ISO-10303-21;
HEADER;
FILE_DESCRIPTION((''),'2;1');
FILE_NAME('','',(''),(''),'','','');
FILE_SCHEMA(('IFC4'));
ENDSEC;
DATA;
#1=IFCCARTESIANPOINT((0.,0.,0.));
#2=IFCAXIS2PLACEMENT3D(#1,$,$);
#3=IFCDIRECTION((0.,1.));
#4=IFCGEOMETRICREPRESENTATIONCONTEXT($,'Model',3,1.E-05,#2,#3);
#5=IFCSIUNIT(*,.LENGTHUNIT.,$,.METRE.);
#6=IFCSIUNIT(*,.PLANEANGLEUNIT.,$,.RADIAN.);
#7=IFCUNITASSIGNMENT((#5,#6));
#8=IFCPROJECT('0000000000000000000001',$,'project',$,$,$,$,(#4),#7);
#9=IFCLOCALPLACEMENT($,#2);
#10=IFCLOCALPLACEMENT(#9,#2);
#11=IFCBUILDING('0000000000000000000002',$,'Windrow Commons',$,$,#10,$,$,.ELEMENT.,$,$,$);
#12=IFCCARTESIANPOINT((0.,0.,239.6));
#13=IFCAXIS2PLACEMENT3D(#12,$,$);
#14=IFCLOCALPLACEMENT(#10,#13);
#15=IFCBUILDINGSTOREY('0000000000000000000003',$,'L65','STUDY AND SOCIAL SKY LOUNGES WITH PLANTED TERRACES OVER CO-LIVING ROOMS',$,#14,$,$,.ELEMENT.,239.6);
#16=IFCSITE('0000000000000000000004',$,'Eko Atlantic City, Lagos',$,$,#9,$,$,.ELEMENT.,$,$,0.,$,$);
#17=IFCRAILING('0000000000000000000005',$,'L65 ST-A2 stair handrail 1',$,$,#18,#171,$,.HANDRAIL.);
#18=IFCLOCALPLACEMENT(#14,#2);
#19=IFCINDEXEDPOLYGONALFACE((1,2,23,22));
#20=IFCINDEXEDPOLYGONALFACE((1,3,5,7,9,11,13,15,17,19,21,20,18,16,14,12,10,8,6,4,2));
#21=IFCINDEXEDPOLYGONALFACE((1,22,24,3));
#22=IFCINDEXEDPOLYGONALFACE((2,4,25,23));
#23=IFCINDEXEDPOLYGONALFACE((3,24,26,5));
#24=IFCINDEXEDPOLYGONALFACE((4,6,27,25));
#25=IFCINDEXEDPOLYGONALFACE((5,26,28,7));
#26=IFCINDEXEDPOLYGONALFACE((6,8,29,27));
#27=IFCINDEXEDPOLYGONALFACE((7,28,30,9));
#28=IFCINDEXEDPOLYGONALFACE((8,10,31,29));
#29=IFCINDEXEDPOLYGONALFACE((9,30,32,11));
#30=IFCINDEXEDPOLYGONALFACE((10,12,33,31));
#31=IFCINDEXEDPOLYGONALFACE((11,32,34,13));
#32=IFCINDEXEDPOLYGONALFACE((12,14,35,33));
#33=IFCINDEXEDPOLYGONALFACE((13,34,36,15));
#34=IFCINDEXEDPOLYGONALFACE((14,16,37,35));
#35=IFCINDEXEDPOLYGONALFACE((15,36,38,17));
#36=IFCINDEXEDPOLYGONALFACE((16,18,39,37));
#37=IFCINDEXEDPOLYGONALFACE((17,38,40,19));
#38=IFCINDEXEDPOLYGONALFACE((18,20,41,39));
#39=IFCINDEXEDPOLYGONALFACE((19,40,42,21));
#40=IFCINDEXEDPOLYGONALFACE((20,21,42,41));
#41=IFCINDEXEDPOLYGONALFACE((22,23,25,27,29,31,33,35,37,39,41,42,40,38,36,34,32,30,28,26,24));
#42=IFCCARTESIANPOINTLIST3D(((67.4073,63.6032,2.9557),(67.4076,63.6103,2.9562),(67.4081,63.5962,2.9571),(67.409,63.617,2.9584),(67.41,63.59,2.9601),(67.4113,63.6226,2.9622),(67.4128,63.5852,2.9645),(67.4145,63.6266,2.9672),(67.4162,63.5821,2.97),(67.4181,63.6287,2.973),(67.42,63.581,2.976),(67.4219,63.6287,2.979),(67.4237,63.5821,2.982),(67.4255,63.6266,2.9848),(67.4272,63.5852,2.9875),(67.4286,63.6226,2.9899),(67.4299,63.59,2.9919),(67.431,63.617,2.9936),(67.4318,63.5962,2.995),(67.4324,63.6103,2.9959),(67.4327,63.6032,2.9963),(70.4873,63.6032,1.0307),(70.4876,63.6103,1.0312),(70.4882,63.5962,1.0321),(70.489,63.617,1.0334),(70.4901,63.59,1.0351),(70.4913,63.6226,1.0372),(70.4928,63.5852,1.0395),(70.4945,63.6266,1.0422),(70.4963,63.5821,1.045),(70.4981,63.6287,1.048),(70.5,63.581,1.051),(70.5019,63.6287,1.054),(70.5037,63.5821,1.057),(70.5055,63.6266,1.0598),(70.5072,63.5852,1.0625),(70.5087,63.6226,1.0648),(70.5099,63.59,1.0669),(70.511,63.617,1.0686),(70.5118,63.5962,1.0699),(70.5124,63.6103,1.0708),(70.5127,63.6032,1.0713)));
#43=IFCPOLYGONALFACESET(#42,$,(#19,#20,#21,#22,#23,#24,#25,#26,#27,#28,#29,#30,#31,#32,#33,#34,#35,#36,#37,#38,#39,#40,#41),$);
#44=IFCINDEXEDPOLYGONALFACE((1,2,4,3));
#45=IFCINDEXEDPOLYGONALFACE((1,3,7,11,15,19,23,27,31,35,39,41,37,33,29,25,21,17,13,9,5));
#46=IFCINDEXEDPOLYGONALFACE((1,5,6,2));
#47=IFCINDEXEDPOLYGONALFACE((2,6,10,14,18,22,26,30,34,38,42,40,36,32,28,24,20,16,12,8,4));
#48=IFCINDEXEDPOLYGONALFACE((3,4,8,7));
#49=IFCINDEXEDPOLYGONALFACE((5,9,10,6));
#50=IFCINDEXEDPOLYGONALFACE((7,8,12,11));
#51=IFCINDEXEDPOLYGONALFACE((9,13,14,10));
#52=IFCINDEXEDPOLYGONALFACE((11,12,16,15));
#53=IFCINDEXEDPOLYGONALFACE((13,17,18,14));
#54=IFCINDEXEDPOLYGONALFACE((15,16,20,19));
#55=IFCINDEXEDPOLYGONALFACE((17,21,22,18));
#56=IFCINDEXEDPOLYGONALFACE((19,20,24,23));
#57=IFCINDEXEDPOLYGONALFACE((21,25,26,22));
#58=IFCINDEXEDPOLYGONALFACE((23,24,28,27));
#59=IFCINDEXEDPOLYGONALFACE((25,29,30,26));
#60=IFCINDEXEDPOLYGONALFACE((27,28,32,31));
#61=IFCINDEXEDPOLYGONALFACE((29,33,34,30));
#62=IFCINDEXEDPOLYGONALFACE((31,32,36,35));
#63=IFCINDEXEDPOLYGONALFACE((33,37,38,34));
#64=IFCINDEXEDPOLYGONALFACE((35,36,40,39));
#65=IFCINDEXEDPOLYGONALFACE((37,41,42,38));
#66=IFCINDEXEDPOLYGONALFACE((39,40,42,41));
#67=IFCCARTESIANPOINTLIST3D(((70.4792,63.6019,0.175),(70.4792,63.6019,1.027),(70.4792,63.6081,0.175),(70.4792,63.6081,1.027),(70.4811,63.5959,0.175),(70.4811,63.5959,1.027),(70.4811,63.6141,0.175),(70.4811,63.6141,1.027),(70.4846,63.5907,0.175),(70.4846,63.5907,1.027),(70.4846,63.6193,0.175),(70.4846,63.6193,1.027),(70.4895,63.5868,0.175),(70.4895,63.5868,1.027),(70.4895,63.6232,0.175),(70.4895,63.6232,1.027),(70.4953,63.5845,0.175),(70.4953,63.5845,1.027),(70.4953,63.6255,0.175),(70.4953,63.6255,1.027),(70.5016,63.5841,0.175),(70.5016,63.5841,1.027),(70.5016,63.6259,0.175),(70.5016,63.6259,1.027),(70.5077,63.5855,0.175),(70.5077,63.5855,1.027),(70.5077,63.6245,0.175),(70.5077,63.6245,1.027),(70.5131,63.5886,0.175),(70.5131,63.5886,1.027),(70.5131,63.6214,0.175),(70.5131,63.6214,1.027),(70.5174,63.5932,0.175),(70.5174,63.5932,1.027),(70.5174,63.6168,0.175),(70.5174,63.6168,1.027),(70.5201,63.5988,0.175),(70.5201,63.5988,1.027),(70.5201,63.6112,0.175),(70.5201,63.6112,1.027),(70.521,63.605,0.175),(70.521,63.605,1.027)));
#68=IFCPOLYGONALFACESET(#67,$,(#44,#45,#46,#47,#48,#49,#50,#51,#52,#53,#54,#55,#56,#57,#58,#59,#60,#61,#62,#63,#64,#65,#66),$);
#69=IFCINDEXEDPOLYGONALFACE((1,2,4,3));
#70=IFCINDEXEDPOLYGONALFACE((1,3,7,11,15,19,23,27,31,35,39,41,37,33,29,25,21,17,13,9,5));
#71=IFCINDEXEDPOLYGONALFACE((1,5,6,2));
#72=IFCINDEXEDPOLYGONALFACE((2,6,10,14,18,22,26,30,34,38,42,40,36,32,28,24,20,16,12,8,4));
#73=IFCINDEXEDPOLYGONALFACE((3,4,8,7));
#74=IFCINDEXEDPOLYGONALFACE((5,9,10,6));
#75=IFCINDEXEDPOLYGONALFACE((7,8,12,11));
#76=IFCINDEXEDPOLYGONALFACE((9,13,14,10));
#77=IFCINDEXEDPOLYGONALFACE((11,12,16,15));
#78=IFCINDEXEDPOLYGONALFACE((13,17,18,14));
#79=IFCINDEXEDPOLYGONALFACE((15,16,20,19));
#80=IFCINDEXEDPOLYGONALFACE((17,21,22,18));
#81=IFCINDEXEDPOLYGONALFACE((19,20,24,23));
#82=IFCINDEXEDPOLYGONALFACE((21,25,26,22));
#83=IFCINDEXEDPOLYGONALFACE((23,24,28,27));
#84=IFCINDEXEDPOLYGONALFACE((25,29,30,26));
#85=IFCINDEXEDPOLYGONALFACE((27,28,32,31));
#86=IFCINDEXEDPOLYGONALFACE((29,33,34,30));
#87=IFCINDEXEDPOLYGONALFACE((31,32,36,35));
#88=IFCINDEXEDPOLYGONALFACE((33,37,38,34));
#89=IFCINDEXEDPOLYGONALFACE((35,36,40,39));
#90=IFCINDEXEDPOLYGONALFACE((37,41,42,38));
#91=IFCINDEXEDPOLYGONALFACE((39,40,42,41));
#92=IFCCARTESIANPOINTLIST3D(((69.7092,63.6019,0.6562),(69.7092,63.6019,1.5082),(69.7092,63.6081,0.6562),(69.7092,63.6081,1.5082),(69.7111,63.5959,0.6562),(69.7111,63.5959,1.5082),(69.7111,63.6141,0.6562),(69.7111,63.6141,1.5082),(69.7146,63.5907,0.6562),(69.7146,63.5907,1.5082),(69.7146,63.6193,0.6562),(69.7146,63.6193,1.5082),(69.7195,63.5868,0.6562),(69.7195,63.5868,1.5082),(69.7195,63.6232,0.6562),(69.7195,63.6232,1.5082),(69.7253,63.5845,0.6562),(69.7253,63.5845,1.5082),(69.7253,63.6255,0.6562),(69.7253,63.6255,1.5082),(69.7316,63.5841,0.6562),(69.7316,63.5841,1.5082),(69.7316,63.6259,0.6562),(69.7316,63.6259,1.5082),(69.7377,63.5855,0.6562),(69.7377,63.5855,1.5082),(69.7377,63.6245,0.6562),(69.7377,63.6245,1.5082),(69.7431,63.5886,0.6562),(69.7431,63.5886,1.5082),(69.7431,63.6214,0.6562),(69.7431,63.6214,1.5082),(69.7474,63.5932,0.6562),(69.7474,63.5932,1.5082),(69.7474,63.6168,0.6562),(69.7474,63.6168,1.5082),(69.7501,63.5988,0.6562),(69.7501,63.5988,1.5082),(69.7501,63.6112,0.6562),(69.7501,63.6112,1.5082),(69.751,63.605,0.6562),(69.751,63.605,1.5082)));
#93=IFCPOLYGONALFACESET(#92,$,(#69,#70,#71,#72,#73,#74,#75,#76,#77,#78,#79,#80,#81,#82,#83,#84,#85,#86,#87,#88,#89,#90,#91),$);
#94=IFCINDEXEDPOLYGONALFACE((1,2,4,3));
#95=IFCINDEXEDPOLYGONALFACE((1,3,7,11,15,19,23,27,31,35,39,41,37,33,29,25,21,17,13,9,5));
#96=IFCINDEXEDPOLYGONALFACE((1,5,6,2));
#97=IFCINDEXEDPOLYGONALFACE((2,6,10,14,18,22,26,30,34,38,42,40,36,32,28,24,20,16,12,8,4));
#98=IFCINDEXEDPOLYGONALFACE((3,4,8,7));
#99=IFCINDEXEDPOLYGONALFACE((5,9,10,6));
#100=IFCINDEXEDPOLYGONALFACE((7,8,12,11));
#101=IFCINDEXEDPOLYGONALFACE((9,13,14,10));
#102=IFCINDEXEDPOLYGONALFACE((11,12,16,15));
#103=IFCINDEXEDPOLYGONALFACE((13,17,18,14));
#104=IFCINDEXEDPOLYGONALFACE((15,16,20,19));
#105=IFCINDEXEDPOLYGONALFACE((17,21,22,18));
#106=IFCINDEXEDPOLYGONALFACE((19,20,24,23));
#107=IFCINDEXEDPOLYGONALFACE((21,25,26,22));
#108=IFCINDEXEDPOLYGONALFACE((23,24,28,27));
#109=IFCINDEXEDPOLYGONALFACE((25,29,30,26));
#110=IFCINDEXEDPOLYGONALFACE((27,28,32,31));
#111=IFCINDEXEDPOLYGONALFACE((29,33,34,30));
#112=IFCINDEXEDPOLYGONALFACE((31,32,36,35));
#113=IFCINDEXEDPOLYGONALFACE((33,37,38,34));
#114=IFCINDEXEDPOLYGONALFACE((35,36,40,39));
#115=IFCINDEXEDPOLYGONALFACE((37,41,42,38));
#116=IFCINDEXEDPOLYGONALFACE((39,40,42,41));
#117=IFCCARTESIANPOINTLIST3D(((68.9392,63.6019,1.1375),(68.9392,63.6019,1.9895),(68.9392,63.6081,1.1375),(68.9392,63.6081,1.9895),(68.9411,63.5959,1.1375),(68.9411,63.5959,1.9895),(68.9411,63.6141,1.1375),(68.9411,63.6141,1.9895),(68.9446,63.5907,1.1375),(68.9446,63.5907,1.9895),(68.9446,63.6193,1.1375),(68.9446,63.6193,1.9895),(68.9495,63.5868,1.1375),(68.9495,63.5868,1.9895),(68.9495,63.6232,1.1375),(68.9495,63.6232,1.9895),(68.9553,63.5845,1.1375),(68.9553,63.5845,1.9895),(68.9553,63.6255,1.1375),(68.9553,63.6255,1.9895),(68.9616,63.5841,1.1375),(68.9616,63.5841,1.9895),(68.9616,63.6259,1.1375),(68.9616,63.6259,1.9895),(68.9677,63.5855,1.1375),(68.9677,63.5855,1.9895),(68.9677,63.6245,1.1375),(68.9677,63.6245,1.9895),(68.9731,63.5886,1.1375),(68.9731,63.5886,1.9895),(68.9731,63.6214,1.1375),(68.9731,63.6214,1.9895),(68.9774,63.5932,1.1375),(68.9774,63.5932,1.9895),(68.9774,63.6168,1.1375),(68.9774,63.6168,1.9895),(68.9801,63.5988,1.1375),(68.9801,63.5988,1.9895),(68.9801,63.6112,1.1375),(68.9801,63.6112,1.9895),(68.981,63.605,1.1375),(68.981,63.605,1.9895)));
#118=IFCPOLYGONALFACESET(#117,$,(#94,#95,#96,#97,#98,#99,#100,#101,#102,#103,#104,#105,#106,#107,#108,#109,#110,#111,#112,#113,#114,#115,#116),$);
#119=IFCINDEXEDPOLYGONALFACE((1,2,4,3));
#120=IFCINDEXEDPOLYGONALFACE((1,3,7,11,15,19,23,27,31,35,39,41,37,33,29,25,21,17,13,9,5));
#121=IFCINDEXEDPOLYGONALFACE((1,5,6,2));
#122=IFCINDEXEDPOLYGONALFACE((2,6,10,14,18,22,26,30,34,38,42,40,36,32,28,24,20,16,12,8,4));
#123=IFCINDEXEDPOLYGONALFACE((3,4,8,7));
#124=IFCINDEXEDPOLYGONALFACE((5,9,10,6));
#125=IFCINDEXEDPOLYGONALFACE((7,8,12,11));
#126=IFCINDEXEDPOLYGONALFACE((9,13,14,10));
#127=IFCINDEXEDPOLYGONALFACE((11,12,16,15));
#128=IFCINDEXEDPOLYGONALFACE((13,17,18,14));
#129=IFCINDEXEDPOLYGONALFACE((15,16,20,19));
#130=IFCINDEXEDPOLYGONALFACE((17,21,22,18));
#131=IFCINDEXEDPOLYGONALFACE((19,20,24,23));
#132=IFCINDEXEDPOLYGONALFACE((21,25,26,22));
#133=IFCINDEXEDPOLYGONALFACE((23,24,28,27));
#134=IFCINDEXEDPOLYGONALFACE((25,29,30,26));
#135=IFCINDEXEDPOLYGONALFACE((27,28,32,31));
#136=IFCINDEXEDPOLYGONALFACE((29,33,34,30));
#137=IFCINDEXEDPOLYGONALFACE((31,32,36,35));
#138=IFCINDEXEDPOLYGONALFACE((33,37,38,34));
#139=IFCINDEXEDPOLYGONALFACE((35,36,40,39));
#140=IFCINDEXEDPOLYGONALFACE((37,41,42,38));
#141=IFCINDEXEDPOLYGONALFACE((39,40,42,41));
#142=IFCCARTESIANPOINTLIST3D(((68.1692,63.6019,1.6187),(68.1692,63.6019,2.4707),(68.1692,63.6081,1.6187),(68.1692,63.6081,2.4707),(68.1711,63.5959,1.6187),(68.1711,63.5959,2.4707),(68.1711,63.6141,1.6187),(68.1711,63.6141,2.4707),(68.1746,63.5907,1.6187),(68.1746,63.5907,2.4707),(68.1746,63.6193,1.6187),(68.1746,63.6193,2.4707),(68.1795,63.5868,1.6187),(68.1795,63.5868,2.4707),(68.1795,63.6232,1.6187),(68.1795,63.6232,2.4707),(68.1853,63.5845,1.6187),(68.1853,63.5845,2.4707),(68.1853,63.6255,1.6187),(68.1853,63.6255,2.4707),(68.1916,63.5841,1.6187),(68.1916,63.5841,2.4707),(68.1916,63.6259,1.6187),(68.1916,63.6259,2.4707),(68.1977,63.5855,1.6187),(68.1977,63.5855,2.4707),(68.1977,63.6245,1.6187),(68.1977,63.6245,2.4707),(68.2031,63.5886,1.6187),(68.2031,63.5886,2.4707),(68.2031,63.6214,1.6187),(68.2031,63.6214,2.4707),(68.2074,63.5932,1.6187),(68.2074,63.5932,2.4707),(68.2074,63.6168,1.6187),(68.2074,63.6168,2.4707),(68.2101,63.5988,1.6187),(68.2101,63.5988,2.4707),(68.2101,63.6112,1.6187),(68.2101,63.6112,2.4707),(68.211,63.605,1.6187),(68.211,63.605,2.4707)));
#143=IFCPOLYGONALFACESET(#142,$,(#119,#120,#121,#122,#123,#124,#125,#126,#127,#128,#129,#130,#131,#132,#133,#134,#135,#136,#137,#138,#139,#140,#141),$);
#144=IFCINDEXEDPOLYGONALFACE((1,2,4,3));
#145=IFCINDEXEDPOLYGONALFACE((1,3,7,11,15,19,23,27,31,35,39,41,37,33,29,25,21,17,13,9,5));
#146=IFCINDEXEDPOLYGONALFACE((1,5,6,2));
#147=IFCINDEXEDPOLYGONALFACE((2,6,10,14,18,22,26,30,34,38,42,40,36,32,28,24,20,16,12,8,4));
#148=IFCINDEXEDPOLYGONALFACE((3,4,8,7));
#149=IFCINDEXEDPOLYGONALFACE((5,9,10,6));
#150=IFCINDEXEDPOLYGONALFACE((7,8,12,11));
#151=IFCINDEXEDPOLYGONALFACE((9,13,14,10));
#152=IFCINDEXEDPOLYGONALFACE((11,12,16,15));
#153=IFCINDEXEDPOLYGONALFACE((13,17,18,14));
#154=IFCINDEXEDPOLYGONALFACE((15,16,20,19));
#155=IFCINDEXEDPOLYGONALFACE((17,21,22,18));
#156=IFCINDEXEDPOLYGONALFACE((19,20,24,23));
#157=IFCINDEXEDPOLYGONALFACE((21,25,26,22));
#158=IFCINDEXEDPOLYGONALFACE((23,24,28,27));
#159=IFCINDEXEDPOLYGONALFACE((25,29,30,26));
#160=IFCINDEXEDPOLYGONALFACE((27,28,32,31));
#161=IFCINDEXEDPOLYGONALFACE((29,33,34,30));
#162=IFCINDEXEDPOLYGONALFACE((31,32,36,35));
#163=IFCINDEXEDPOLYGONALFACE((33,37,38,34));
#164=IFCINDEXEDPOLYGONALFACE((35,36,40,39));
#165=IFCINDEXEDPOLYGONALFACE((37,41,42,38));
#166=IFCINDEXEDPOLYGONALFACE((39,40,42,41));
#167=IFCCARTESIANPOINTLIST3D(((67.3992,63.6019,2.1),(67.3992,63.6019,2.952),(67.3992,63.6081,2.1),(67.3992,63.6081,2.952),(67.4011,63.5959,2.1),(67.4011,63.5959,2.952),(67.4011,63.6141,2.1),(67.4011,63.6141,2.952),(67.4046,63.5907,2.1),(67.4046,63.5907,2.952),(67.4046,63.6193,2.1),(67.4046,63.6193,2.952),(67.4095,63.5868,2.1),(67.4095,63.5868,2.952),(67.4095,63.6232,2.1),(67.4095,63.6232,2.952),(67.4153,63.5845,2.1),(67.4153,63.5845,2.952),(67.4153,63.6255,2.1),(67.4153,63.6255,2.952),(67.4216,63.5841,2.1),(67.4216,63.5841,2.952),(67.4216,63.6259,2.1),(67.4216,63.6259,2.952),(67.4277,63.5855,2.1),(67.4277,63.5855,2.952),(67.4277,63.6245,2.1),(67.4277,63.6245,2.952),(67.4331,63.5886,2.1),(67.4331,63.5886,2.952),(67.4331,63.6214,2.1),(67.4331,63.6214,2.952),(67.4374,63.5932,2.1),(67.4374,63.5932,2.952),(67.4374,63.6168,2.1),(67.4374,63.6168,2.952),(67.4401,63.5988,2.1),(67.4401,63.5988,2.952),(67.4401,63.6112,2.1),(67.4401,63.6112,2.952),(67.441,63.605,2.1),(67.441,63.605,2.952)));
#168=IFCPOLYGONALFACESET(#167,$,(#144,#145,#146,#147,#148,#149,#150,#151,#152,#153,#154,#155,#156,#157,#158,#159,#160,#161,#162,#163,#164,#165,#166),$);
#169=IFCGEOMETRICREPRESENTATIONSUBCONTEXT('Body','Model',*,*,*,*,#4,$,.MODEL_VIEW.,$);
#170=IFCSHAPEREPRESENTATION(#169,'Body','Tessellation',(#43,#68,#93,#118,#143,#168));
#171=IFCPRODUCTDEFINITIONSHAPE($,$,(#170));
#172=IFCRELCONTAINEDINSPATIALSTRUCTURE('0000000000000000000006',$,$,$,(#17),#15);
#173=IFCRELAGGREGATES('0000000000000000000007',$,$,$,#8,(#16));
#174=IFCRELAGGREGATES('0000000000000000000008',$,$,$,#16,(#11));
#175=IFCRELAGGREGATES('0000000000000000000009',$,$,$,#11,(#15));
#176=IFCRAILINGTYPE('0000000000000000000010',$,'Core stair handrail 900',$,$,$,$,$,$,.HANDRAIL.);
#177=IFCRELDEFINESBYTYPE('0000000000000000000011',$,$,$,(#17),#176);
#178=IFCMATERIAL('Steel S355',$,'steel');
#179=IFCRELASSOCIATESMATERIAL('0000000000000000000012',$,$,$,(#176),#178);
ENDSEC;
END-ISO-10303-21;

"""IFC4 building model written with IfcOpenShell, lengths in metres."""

from ifc_helpers import new_model, si_unit, direction, frame, origin, origin_2d, place, context, subcontext, project, spatial, circle, extrude, material, type_object, element, save


model = new_model("IFC4")

# Units and contexts
model_context = context("Model", 3, precision=1e-05, world=origin(), true_north=direction((0.0, 1.0)))
body_context = subcontext(model_context, "Body", "Model", "MODEL_VIEW")
ifc_project = project(units=[si_unit("LENGTHUNIT", "METRE"), si_unit("PLANEANGLEUNIT", "RADIAN")], contexts=[model_context])

# Site, building, storey
site_placement = place(None, origin())
site = spatial("IfcSite", under=ifc_project, at=site_placement, Name="Eko Atlantic City, Lagos", CompositionType="ELEMENT", RefElevation=0.0)
building_placement = place(site_placement, origin())
building = spatial("IfcBuilding", under=site, at=building_placement, Name="Windrow Commons", CompositionType="ELEMENT")
storey_placement = place(building_placement, frame((0.0, 0.0, 239.6)))
storey = spatial("IfcBuildingStorey", under=building, at=storey_placement, Name="L65", Description="STUDY AND SOCIAL SKY LOUNGES WITH PLANTED TERRACES OVER CO-LIVING ROOMS", CompositionType="ELEMENT", Elevation=239.6)

# Railing
ifc_material_1 = material(Name="Steel S355", Category="steel")
railing_type_1 = type_object("IfcRailingType", Name="Core stair handrail 900", PredefinedType="HANDRAIL", material=ifc_material_1)
railing_1_placement = place(storey_placement, frame((70.5, 63.605, 0.175)))
element("IfcRailing", 1, at=railing_1_placement, inside=storey, type_object=railing_type_1, Name="L65 ST-A2 stair handrail 1", PredefinedType="HANDRAIL", context=body_context, shape_type="SweptSolid", body=[
    extrude(circle(Radius=0.024, at=origin_2d()), frame((0.0, 0.0, 0.876), z_axis=(-0.847998, 0.0, 0.529999), x_axis=(0.0, -1.0, 0.0)), (0.0, 0.0, 1.0), 3.6321),
    extrude(circle(Radius=0.021, at=origin_2d()), origin(), (0.0, 0.0, 1.0), 0.852),
    extrude(circle(Radius=0.021, at=origin_2d()), frame((-0.77, 0.0, 0.4812)), (0.0, 0.0, 1.0), 0.852),
    extrude(circle(Radius=0.021, at=origin_2d()), frame((-1.54, 0.0, 0.9625)), (0.0, 0.0, 1.0), 0.852),
    extrude(circle(Radius=0.021, at=origin_2d()), frame((-2.31, 0.0, 1.4437)), (0.0, 0.0, 1.0), 0.852),
    extrude(circle(Radius=0.021, at=origin_2d()), frame((-3.08, 0.0, 1.925)), (0.0, 0.0, 1.0), 0.852),
])

save(model, "model.ifc")
